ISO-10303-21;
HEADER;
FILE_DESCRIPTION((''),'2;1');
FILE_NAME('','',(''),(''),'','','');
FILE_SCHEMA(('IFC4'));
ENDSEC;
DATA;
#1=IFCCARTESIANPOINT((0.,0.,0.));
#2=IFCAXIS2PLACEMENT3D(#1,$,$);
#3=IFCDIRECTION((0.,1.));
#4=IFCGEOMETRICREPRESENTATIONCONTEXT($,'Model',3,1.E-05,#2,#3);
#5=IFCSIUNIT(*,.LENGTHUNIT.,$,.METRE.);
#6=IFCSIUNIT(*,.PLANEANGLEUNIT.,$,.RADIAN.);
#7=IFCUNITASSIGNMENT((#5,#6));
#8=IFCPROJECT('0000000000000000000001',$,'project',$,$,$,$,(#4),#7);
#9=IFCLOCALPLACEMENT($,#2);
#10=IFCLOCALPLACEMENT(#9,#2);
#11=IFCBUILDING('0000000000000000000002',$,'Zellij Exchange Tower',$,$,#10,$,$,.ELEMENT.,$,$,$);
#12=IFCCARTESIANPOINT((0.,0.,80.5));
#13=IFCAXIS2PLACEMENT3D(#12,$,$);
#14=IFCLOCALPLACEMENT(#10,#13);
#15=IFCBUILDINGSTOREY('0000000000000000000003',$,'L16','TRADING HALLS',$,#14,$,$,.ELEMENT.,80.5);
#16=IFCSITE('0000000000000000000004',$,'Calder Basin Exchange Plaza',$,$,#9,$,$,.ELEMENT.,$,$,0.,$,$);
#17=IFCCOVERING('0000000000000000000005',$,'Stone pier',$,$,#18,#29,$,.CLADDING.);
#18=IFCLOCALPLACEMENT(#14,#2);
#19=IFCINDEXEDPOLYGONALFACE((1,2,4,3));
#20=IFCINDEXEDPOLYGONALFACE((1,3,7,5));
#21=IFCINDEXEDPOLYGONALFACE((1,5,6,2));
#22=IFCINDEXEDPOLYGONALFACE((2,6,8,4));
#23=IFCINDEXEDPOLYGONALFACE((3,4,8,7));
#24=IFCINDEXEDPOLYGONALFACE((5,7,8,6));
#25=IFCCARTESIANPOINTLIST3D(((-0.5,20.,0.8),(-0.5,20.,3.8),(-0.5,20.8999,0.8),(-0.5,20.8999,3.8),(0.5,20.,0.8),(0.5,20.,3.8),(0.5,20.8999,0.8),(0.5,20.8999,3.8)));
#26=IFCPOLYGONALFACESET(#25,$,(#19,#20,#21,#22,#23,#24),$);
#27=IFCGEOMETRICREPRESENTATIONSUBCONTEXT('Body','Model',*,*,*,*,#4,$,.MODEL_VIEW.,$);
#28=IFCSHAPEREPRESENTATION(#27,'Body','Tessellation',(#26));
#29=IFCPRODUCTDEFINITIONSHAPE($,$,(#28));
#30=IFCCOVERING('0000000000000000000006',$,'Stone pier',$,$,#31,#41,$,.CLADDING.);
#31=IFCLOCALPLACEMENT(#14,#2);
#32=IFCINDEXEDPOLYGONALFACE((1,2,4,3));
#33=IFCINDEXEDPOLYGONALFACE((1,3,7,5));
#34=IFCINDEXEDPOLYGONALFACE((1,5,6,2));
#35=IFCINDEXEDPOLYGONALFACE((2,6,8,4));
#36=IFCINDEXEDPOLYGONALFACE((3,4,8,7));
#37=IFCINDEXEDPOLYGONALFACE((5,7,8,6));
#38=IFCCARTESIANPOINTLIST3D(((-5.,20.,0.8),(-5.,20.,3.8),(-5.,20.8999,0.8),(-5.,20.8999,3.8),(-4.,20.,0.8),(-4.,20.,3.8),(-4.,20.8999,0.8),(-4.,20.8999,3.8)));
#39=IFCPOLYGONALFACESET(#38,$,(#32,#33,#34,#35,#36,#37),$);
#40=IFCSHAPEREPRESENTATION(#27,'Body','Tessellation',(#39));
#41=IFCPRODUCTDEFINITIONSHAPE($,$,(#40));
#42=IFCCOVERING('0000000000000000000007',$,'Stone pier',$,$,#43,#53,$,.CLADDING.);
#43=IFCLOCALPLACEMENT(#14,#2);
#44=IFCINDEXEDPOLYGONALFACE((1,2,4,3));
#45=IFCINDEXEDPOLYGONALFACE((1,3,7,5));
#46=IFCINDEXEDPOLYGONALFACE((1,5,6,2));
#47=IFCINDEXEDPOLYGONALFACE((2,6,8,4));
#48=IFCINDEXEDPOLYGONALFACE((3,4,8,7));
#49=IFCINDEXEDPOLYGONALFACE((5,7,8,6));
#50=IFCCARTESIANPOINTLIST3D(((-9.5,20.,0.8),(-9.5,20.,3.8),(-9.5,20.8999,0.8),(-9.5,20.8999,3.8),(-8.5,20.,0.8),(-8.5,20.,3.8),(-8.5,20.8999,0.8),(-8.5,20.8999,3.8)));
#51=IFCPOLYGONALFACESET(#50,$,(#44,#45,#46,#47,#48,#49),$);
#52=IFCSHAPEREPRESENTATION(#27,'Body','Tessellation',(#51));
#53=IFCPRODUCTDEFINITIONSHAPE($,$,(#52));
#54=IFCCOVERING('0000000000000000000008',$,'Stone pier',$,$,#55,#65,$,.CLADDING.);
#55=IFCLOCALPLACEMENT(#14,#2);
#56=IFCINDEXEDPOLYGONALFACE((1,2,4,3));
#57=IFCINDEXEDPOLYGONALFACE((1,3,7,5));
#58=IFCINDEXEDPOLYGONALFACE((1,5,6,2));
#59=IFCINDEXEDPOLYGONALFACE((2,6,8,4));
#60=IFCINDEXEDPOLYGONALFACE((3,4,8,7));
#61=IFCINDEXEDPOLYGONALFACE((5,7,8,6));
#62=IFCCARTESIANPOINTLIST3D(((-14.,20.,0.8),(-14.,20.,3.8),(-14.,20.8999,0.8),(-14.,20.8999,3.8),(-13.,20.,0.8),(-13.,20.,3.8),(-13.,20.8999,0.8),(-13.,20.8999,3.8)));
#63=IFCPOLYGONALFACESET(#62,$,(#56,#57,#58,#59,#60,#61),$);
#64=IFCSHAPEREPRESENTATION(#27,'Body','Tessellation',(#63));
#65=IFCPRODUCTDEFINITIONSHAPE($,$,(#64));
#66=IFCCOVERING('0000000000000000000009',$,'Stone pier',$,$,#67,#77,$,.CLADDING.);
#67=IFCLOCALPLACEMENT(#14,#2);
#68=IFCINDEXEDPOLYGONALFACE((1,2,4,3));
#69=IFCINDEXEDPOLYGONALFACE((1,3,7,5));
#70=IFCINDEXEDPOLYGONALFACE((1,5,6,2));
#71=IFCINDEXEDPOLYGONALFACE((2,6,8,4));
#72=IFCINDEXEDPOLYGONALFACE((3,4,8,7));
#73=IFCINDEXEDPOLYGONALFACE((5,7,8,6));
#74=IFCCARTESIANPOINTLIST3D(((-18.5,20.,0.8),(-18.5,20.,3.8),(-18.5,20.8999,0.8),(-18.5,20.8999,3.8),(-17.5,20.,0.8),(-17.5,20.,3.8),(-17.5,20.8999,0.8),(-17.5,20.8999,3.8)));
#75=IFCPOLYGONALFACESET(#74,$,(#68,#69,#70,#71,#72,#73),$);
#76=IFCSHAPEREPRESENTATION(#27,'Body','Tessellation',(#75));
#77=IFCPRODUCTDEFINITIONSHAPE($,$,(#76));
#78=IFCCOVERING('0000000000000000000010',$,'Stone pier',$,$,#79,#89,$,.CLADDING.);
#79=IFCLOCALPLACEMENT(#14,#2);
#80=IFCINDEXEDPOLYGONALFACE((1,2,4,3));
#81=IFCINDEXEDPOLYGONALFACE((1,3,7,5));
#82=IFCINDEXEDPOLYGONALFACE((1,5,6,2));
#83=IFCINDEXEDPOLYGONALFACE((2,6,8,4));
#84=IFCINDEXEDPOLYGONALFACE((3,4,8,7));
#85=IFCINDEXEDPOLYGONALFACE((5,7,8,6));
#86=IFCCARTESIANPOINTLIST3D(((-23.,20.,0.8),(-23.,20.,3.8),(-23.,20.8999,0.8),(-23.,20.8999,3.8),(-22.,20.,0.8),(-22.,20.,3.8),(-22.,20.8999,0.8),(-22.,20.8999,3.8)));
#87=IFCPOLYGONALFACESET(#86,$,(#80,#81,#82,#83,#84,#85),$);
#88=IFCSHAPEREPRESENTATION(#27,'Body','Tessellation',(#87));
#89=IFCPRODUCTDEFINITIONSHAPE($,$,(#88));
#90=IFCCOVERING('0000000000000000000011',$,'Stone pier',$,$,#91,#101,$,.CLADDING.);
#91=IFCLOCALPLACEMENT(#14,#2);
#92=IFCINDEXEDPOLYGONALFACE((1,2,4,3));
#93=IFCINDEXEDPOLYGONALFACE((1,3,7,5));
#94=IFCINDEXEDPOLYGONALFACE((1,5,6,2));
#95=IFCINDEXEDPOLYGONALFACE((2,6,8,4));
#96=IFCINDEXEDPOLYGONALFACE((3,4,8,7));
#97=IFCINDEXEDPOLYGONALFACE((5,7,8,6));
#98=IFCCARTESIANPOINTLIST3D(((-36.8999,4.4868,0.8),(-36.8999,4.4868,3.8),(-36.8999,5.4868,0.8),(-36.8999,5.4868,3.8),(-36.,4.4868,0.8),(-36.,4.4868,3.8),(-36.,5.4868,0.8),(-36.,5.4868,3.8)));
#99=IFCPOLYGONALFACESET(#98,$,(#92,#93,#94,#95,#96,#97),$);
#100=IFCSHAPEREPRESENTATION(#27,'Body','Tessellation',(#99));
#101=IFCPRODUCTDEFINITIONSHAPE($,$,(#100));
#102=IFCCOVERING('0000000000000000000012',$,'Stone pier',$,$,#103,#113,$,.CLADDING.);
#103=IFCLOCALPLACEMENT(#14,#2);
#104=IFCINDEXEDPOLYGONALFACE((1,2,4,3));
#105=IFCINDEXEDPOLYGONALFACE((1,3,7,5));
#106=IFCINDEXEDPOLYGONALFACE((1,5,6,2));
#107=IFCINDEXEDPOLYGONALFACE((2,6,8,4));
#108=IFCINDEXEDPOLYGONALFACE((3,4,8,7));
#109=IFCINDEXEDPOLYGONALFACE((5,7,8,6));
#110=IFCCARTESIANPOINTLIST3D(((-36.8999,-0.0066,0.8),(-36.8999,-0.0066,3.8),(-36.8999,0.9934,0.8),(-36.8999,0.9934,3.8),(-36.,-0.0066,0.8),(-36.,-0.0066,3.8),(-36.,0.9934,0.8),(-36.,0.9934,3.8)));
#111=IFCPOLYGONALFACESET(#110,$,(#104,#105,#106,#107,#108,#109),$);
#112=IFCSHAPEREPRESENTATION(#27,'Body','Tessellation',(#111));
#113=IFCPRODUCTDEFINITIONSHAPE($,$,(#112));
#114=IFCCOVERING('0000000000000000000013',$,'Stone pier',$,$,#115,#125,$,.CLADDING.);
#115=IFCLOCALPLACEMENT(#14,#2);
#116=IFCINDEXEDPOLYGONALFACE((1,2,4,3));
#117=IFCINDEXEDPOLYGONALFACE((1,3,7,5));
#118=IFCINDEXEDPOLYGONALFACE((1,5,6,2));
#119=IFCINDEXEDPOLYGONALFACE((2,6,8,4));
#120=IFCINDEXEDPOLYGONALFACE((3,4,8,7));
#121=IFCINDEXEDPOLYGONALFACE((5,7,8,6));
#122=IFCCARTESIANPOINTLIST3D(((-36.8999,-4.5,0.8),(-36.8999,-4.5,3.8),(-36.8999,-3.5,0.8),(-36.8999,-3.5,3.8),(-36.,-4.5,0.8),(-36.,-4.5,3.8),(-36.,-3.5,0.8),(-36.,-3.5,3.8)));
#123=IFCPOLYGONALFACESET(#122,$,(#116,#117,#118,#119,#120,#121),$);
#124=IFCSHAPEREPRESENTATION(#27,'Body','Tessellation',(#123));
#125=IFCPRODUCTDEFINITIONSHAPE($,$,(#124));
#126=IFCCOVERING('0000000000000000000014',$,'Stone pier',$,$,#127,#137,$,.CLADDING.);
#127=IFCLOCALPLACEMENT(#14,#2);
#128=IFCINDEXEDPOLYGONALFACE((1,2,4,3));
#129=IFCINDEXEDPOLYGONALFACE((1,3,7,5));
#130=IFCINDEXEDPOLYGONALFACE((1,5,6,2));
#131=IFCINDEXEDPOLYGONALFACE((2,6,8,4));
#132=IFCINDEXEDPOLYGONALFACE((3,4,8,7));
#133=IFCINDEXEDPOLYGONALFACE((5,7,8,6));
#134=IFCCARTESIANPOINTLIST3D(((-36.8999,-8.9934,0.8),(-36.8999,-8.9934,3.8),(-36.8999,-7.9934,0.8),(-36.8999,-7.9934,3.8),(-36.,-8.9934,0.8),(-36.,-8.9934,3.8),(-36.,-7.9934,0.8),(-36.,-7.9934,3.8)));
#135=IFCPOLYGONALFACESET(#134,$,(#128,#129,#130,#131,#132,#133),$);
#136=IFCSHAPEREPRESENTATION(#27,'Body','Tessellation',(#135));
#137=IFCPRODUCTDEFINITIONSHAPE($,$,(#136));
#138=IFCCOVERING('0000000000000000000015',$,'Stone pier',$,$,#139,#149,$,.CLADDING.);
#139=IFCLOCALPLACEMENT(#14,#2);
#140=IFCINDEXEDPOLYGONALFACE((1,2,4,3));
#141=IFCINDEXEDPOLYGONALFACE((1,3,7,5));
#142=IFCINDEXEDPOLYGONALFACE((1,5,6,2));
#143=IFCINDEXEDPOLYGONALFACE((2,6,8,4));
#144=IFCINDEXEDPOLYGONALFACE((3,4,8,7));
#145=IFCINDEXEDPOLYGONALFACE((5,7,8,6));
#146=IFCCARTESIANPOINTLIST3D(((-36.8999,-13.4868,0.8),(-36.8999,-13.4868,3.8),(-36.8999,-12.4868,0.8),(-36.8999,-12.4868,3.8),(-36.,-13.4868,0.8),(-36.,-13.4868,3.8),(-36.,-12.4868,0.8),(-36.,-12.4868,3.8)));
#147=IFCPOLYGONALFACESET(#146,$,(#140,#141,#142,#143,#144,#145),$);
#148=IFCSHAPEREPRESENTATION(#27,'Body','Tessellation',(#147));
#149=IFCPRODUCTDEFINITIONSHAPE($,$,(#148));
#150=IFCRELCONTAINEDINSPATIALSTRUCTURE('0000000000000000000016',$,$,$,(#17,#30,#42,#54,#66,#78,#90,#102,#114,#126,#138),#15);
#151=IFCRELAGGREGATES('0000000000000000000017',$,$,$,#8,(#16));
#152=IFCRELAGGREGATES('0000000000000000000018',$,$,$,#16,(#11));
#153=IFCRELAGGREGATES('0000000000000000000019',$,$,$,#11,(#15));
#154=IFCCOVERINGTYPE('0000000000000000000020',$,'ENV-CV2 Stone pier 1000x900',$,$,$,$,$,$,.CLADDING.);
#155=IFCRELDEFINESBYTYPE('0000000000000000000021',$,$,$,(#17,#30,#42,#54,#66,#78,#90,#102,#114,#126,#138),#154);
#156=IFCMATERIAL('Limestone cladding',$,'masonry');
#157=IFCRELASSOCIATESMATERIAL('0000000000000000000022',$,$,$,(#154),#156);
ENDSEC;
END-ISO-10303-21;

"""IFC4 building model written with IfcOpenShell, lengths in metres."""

from ifc_helpers import new_model, si_unit, direction, frame, origin, place, context, subcontext, project, spatial, polyline, outline, extrude, material, type_object, element, save


model = new_model("IFC4")

# Units and contexts
model_context = context("Model", 3, precision=1e-05, world=origin(), true_north=direction((0.0, 1.0)))
body_context = subcontext(model_context, "Body", "Model", "MODEL_VIEW")
ifc_project = project(units=[si_unit("LENGTHUNIT", "METRE"), si_unit("PLANEANGLEUNIT", "RADIAN")], contexts=[model_context])

# Site, building, storey
site_placement = place(None, origin())
site = spatial("IfcSite", under=ifc_project, at=site_placement, Name="Calder Basin Exchange Plaza", CompositionType="ELEMENT", RefElevation=0.0)
building_placement = place(site_placement, origin())
building = spatial("IfcBuilding", under=site, at=building_placement, Name="Zellij Exchange Tower", CompositionType="ELEMENT")
storey_placement = place(building_placement, frame((0.0, 0.0, 80.5)))
storey = spatial("IfcBuildingStorey", under=building, at=storey_placement, Name="L16", Description="TRADING HALLS", CompositionType="ELEMENT", Elevation=80.5)

# Coverings
ifc_material_1 = material(Name="Limestone cladding", Category="masonry")
covering_type_1 = type_object("IfcCoveringType", Name="ENV-CV2 Stone pier 1000x900", PredefinedType="CLADDING", material=ifc_material_1)
covering_1_placement = place(storey_placement, frame((0.0, 0.0, 0.8)))
element("IfcCovering", 1, at=covering_1_placement, inside=storey, type_object=covering_type_1, Name="Stone pier", PredefinedType="CLADDING", context=body_context, shape_type="SweptSolid", body=[
    extrude(outline(polyline([(0.5, 20.0), (-0.5, 20.0), (-0.5, 20.8999), (0.5, 20.8999), (0.5, 20.0)])), origin(), (0.0, 0.0, 1.0), 3.0),
])
covering_2_placement = place(storey_placement, frame((0.0, 0.0, 0.8)))
element("IfcCovering", 2, at=covering_2_placement, inside=storey, type_object=covering_type_1, Name="Stone pier", PredefinedType="CLADDING", context=body_context, shape_type="SweptSolid", body=[
    extrude(outline(polyline([(-4.0, 20.0), (-5.0, 20.0), (-5.0, 20.8999), (-4.0, 20.8999), (-4.0, 20.0)])), origin(), (0.0, 0.0, 1.0), 3.0),
])
covering_3_placement = place(storey_placement, frame((0.0, 0.0, 0.8)))
element("IfcCovering", 3, at=covering_3_placement, inside=storey, type_object=covering_type_1, Name="Stone pier", PredefinedType="CLADDING", context=body_context, shape_type="SweptSolid", body=[
    extrude(outline(polyline([(-8.5, 20.0), (-9.5, 20.0), (-9.5, 20.8999), (-8.5, 20.8999), (-8.5, 20.0)])), origin(), (0.0, 0.0, 1.0), 3.0),
])
covering_4_placement = place(storey_placement, frame((0.0, 0.0, 0.8)))
element("IfcCovering", 4, at=covering_4_placement, inside=storey, type_object=covering_type_1, Name="Stone pier", PredefinedType="CLADDING", context=body_context, shape_type="SweptSolid", body=[
    extrude(outline(polyline([(-13.0, 20.0), (-14.0, 20.0), (-14.0, 20.8999), (-13.0, 20.8999), (-13.0, 20.0)])), origin(), (0.0, 0.0, 1.0), 3.0),
])
covering_5_placement = place(storey_placement, frame((0.0, 0.0, 0.8)))
element("IfcCovering", 5, at=covering_5_placement, inside=storey, type_object=covering_type_1, Name="Stone pier", PredefinedType="CLADDING", context=body_context, shape_type="SweptSolid", body=[
    extrude(outline(polyline([(-17.5, 20.0), (-18.5, 20.0), (-18.5, 20.8999), (-17.5, 20.8999), (-17.5, 20.0)])), origin(), (0.0, 0.0, 1.0), 3.0),
])
covering_6_placement = place(storey_placement, frame((0.0, 0.0, 0.8)))
element("IfcCovering", 6, at=covering_6_placement, inside=storey, type_object=covering_type_1, Name="Stone pier", PredefinedType="CLADDING", context=body_context, shape_type="SweptSolid", body=[
    extrude(outline(polyline([(-22.0, 20.0), (-23.0, 20.0), (-23.0, 20.8999), (-22.0, 20.8999), (-22.0, 20.0)])), origin(), (0.0, 0.0, 1.0), 3.0),
])
covering_7_placement = place(storey_placement, frame((0.0, 0.0, 0.8)))
element("IfcCovering", 7, at=covering_7_placement, inside=storey, type_object=covering_type_1, Name="Stone pier", PredefinedType="CLADDING", context=body_context, shape_type="SweptSolid", body=[
    extrude(outline(polyline([(-36.0, 5.4868), (-36.0, 4.4868), (-36.8999, 4.4868), (-36.8999, 5.4868), (-36.0, 5.4868)])), origin(), (0.0, 0.0, 1.0), 3.0),
])
covering_8_placement = place(storey_placement, frame((0.0, 0.0, 0.8)))
element("IfcCovering", 8, at=covering_8_placement, inside=storey, type_object=covering_type_1, Name="Stone pier", PredefinedType="CLADDING", context=body_context, shape_type="SweptSolid", body=[
    extrude(outline(polyline([(-36.0, 0.9934), (-36.0, -0.0066), (-36.8999, -0.0066), (-36.8999, 0.9934), (-36.0, 0.9934)])), origin(), (0.0, 0.0, 1.0), 3.0),
])
covering_9_placement = place(storey_placement, frame((0.0, 0.0, 0.8)))
element("IfcCovering", 9, at=covering_9_placement, inside=storey, type_object=covering_type_1, Name="Stone pier", PredefinedType="CLADDING", context=body_context, shape_type="SweptSolid", body=[
    extrude(outline(polyline([(-36.0, -3.5), (-36.0, -4.5), (-36.8999, -4.5), (-36.8999, -3.5), (-36.0, -3.5)])), origin(), (0.0, 0.0, 1.0), 3.0),
])
covering_10_placement = place(storey_placement, frame((0.0, 0.0, 0.8)))
element("IfcCovering", 10, at=covering_10_placement, inside=storey, type_object=covering_type_1, Name="Stone pier", PredefinedType="CLADDING", context=body_context, shape_type="SweptSolid", body=[
    extrude(outline(polyline([(-36.0, -7.9934), (-36.0, -8.9934), (-36.8999, -8.9934), (-36.8999, -7.9934), (-36.0, -7.9934)])), origin(), (0.0, 0.0, 1.0), 3.0),
])
covering_11_placement = place(storey_placement, frame((0.0, 0.0, 0.8)))
element("IfcCovering", 11, at=covering_11_placement, inside=storey, type_object=covering_type_1, Name="Stone pier", PredefinedType="CLADDING", context=body_context, shape_type="SweptSolid", body=[
    extrude(outline(polyline([(-36.0, -12.4868), (-36.0, -13.4868), (-36.8999, -13.4868), (-36.8999, -12.4868), (-36.0, -12.4868)])), origin(), (0.0, 0.0, 1.0), 3.0),
])

save(model, "model.ifc")
